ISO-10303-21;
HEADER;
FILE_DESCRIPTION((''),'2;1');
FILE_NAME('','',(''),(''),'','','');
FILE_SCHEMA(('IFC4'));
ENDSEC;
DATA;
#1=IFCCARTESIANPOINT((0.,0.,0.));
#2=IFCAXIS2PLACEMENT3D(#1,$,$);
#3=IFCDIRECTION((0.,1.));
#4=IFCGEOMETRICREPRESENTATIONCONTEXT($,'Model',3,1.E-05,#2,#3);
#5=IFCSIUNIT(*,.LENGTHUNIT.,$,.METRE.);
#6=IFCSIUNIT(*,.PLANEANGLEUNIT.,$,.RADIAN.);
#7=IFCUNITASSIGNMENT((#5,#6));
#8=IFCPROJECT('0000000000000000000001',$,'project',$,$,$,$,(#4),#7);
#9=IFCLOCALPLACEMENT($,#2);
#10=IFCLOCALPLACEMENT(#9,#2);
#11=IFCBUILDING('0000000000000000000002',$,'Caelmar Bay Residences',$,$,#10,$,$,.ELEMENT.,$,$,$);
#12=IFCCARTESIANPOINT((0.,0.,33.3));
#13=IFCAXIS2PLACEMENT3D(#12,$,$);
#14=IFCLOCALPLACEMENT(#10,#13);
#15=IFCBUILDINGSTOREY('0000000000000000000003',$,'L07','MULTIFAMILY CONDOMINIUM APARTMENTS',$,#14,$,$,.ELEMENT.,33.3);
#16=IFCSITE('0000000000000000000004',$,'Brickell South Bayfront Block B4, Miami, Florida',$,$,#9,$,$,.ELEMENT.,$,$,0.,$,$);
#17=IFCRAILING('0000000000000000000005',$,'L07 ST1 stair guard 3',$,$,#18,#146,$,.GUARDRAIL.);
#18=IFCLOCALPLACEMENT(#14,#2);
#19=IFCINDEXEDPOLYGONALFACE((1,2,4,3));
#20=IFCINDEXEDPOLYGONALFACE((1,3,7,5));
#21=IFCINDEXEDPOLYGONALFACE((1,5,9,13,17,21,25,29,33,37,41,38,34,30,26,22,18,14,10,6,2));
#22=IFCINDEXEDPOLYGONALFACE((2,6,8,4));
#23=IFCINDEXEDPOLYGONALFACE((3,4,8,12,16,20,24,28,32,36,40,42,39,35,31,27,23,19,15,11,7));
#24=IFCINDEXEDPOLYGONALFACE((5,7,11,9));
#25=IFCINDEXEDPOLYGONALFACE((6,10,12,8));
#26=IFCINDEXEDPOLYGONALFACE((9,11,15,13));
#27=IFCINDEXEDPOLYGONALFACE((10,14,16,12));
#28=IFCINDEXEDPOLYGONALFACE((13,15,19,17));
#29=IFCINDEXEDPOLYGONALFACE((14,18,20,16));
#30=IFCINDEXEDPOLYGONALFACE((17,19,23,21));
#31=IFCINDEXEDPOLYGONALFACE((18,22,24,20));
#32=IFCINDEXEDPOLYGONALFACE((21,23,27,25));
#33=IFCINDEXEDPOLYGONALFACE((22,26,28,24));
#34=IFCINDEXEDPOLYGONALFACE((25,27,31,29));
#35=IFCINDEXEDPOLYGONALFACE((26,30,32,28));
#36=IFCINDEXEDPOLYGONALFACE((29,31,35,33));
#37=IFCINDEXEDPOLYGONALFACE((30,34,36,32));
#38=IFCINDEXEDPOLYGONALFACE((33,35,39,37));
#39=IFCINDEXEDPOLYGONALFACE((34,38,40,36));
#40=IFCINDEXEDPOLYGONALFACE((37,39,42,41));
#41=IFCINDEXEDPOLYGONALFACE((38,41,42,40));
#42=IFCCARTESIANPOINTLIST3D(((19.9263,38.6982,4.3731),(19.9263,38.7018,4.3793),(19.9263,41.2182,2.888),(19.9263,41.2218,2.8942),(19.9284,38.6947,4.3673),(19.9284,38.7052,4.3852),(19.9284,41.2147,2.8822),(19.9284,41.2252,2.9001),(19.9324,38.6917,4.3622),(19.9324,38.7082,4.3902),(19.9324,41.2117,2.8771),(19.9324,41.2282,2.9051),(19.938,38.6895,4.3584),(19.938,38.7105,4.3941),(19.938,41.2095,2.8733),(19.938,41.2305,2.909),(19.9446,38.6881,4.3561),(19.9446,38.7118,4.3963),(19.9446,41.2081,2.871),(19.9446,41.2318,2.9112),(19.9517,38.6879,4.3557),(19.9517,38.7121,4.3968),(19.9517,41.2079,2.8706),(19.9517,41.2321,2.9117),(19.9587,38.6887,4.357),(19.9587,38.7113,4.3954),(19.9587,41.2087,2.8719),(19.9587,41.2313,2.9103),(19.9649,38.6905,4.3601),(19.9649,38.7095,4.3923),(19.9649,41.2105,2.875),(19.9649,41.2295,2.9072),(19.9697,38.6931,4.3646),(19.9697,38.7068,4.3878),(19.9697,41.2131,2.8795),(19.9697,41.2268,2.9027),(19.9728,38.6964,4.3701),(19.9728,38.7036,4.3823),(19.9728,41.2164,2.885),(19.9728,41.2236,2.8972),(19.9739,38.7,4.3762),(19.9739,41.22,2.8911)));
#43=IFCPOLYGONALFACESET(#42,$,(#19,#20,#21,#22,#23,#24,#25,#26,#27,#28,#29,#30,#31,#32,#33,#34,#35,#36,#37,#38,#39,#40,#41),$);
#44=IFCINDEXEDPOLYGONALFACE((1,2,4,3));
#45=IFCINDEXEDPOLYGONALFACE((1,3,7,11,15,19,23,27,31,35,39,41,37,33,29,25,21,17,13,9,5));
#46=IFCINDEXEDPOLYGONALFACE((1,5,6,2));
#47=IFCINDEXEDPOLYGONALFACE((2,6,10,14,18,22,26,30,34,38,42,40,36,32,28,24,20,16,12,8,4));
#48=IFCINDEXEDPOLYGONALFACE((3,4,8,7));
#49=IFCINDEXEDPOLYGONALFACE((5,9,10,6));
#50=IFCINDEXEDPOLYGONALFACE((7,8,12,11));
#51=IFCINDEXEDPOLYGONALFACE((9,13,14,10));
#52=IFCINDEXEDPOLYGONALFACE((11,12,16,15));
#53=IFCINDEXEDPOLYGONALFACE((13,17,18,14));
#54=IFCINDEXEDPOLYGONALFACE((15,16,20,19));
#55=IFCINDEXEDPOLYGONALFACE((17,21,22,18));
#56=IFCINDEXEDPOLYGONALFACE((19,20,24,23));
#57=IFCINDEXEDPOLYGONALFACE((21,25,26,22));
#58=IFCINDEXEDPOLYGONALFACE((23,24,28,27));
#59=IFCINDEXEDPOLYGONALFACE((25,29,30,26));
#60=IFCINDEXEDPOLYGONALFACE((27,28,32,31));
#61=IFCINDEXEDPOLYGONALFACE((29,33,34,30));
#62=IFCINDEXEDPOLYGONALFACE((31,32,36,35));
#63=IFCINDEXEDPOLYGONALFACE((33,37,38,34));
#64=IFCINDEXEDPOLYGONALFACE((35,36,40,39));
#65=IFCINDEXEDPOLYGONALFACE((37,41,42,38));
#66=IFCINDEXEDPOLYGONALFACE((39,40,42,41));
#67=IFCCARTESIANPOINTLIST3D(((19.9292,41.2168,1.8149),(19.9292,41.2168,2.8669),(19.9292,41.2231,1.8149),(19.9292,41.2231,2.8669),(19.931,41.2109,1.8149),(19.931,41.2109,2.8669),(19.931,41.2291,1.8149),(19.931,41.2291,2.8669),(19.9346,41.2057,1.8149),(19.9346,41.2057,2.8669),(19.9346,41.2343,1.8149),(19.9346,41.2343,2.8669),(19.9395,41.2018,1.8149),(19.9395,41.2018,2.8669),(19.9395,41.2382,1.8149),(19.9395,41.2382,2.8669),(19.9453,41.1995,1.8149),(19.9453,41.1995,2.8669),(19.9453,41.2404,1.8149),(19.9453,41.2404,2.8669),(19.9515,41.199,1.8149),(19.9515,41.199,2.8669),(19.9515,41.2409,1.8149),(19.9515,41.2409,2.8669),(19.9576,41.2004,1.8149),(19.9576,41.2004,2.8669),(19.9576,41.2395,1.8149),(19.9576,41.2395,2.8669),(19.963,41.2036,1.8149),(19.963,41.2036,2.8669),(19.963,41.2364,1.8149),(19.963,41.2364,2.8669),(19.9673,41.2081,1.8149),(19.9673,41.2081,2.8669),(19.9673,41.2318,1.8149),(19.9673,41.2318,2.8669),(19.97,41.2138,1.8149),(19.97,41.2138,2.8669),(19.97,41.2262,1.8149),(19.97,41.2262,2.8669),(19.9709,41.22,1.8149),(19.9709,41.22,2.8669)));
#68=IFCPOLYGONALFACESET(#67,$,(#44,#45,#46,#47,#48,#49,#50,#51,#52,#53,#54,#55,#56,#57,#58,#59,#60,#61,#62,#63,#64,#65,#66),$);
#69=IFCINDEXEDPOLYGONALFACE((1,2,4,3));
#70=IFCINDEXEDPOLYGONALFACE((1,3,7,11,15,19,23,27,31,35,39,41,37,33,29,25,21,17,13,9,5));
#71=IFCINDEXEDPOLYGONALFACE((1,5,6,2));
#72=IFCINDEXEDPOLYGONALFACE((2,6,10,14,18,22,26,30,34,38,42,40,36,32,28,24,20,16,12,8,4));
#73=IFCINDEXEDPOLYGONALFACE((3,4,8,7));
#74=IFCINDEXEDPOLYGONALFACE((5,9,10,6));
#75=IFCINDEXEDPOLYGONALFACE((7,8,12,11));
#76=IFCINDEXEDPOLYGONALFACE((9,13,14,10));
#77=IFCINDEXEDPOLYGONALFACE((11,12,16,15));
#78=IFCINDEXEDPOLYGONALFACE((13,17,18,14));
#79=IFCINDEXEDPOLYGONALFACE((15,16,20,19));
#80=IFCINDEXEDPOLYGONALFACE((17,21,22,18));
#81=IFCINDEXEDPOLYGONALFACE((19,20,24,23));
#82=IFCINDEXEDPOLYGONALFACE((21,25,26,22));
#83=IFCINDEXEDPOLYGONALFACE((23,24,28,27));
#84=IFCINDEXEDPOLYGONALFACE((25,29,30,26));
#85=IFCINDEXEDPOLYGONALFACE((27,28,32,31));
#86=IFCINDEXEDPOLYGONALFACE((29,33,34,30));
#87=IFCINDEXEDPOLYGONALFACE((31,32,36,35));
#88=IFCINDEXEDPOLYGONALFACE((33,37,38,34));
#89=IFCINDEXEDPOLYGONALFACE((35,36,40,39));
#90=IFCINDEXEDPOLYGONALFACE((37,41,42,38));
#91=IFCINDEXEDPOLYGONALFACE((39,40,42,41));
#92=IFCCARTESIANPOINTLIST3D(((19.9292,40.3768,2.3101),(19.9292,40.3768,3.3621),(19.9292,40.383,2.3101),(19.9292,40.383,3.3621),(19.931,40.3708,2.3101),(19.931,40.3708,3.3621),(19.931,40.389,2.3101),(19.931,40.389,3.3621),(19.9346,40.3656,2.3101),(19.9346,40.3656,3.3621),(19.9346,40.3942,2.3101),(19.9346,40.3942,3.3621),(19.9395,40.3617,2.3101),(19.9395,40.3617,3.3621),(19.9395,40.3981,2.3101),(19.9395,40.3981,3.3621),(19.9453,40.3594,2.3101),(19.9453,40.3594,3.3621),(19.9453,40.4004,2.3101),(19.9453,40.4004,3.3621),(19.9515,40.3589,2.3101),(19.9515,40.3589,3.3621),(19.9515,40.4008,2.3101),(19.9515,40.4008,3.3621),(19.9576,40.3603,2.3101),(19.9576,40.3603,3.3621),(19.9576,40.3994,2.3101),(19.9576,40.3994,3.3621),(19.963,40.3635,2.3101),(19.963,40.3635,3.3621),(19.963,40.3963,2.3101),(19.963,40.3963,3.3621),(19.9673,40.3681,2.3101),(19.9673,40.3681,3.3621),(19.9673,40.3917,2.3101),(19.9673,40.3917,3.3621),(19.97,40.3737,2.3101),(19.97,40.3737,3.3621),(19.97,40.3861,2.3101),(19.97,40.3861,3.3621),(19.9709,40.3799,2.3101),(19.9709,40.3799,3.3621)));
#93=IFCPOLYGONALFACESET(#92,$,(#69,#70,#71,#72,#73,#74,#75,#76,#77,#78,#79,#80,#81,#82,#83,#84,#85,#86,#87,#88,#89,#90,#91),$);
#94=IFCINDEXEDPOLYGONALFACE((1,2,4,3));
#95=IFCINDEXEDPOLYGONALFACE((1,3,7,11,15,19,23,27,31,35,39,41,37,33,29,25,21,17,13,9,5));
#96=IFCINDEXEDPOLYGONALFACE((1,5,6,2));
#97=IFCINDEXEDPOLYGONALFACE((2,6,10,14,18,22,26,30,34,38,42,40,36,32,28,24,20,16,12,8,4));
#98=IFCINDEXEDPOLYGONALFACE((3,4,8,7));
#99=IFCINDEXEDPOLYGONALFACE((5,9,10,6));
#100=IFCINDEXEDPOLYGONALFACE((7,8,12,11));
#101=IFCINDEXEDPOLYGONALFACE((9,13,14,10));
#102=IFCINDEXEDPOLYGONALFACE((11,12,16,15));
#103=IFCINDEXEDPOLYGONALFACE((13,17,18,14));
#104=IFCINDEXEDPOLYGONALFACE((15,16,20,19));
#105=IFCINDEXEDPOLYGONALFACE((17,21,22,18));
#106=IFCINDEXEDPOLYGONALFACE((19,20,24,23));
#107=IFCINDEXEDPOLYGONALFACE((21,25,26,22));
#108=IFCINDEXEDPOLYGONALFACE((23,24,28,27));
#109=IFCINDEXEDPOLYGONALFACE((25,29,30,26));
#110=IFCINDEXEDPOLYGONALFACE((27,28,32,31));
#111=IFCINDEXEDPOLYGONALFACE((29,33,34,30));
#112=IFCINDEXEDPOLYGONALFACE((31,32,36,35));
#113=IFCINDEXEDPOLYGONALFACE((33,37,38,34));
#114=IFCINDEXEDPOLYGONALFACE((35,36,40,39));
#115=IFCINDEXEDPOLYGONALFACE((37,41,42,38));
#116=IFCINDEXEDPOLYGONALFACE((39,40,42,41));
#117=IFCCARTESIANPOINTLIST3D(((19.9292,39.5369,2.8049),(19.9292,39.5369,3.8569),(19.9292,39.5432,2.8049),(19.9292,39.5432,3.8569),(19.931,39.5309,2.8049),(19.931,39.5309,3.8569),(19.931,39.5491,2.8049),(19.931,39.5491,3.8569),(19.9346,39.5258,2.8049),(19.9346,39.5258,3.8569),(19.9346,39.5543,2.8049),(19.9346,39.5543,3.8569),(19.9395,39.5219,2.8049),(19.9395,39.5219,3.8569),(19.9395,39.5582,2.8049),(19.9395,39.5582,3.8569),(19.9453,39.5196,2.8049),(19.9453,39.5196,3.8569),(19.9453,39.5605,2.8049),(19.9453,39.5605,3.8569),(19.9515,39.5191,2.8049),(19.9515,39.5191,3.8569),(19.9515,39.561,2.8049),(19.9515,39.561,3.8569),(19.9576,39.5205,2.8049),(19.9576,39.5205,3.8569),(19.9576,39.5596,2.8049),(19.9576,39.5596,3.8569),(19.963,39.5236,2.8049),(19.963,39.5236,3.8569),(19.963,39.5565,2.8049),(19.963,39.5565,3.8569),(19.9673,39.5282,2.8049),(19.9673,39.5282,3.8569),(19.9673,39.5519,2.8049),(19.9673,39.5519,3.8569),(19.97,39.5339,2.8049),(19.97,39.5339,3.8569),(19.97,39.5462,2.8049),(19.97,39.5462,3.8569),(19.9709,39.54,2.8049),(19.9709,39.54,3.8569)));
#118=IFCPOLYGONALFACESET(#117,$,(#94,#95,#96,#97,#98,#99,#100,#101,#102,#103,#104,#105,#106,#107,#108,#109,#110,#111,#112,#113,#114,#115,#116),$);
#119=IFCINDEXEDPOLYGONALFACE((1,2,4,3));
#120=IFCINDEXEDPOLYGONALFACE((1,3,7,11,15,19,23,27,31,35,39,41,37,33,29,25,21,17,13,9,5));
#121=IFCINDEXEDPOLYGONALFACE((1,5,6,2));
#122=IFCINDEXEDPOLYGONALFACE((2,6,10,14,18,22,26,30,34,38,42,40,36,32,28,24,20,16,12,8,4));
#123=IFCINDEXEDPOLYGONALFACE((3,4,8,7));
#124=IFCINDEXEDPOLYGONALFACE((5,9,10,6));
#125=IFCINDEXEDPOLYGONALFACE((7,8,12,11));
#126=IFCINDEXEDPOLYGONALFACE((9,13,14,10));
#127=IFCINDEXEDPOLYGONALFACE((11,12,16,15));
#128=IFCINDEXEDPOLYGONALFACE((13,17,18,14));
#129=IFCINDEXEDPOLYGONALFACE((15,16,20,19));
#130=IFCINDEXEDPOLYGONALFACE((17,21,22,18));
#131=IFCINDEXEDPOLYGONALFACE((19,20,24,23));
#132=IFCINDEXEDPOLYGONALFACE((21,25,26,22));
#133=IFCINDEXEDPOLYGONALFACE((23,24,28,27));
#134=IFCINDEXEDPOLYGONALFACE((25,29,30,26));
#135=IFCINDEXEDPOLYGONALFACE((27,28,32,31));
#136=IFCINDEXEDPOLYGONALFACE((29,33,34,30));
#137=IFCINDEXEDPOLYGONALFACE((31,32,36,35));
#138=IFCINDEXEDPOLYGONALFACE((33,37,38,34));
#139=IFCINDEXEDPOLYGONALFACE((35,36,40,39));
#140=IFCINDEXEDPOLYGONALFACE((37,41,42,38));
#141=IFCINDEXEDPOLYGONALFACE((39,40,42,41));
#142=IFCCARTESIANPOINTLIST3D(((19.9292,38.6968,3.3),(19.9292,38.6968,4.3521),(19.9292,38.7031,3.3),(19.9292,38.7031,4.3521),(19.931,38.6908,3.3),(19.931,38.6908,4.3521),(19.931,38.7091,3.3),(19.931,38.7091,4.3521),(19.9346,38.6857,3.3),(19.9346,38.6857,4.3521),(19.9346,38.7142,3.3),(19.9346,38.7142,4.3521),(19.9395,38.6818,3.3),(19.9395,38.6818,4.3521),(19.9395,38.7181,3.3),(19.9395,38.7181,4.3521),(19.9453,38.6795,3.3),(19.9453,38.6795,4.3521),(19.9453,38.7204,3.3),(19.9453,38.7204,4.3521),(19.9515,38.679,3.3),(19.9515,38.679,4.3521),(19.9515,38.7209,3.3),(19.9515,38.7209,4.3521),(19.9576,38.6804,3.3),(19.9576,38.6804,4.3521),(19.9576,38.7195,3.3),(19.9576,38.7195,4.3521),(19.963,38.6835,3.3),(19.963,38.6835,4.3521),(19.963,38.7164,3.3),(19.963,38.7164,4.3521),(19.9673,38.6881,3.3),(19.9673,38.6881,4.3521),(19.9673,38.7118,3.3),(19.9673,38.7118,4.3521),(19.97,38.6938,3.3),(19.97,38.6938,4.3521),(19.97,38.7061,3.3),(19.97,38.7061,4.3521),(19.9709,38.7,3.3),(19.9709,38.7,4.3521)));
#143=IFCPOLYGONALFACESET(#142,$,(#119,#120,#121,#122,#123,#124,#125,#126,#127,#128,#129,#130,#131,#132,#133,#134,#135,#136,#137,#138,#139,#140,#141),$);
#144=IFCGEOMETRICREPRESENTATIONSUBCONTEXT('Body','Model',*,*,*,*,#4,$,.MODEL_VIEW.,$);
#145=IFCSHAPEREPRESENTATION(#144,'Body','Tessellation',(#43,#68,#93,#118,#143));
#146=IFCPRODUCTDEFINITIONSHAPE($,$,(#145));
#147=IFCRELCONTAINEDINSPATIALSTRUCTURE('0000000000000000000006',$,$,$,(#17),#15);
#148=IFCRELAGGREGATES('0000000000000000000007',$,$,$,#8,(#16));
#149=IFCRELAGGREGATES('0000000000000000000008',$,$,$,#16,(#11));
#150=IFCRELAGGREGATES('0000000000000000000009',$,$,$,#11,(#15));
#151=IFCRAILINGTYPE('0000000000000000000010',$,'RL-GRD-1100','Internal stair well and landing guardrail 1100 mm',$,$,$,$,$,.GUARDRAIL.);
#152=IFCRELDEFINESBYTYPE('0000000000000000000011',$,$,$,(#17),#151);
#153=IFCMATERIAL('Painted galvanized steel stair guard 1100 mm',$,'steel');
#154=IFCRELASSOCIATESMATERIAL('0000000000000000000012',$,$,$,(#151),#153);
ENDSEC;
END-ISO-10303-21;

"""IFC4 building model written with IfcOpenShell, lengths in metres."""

from ifc_helpers import new_model, si_unit, direction, frame, origin, origin_2d, place, context, subcontext, project, spatial, circle, extrude, material, type_object, element, save


model = new_model("IFC4")

# Units and contexts
model_context = context("Model", 3, precision=1e-05, world=origin(), true_north=direction((0.0, 1.0)))
body_context = subcontext(model_context, "Body", "Model", "MODEL_VIEW")
ifc_project = project(units=[si_unit("LENGTHUNIT", "METRE"), si_unit("PLANEANGLEUNIT", "RADIAN")], contexts=[model_context])

# Site, building, storey
site_placement = place(None, origin())
site = spatial("IfcSite", under=ifc_project, at=site_placement, Name="Brickell South Bayfront Block B4, Miami, Florida", CompositionType="ELEMENT", RefElevation=0.0)
building_placement = place(site_placement, origin())
building = spatial("IfcBuilding", under=site, at=building_placement, Name="Caelmar Bay Residences", CompositionType="ELEMENT")
storey_placement = place(building_placement, frame((0.0, 0.0, 33.3)))
storey = spatial("IfcBuildingStorey", under=building, at=storey_placement, Name="L07", Description="MULTIFAMILY CONDOMINIUM APARTMENTS", CompositionType="ELEMENT", Elevation=33.3)

# Railing
ifc_material_1 = material(Name="Painted galvanized steel stair guard 1100 mm", Category="steel")
railing_type_1 = type_object("IfcRailingType", Name="RL-GRD-1100", Description="Internal stair well and landing guardrail 1100 mm", PredefinedType="GUARDRAIL", material=ifc_material_1)
railing_1_placement = place(storey_placement, frame((19.95, 41.22, 1.8149)))
element("IfcRailing", 1, at=railing_1_placement, inside=storey, type_object=railing_type_1, Name="L07 ST1 stair guard 3", PredefinedType="GUARDRAIL", context=body_context, shape_type="SweptSolid", body=[
    extrude(circle(Radius=0.0239, at=origin_2d()), frame((0.0, 0.0, 1.0762), z_axis=(0.0, -0.861524, 0.507717), x_axis=(1.0, 0.0, 0.0)), (0.0, 0.0, 1.0), 2.925),
    extrude(circle(Radius=0.021, at=origin_2d()), origin(), (0.0, 0.0, 1.0), 1.052),
    extrude(circle(Radius=0.021, at=origin_2d()), frame((0.0, -0.8401, 0.4951)), (0.0, 0.0, 1.0), 1.052),
    extrude(circle(Radius=0.021, at=origin_2d()), frame((0.0, -1.6799, 0.99)), (0.0, 0.0, 1.0), 1.052),
    extrude(circle(Radius=0.021, at=origin_2d()), frame((0.0, -2.52, 1.4851)), (0.0, 0.0, 1.0), 1.052),
])

save(model, "model.ifc")
